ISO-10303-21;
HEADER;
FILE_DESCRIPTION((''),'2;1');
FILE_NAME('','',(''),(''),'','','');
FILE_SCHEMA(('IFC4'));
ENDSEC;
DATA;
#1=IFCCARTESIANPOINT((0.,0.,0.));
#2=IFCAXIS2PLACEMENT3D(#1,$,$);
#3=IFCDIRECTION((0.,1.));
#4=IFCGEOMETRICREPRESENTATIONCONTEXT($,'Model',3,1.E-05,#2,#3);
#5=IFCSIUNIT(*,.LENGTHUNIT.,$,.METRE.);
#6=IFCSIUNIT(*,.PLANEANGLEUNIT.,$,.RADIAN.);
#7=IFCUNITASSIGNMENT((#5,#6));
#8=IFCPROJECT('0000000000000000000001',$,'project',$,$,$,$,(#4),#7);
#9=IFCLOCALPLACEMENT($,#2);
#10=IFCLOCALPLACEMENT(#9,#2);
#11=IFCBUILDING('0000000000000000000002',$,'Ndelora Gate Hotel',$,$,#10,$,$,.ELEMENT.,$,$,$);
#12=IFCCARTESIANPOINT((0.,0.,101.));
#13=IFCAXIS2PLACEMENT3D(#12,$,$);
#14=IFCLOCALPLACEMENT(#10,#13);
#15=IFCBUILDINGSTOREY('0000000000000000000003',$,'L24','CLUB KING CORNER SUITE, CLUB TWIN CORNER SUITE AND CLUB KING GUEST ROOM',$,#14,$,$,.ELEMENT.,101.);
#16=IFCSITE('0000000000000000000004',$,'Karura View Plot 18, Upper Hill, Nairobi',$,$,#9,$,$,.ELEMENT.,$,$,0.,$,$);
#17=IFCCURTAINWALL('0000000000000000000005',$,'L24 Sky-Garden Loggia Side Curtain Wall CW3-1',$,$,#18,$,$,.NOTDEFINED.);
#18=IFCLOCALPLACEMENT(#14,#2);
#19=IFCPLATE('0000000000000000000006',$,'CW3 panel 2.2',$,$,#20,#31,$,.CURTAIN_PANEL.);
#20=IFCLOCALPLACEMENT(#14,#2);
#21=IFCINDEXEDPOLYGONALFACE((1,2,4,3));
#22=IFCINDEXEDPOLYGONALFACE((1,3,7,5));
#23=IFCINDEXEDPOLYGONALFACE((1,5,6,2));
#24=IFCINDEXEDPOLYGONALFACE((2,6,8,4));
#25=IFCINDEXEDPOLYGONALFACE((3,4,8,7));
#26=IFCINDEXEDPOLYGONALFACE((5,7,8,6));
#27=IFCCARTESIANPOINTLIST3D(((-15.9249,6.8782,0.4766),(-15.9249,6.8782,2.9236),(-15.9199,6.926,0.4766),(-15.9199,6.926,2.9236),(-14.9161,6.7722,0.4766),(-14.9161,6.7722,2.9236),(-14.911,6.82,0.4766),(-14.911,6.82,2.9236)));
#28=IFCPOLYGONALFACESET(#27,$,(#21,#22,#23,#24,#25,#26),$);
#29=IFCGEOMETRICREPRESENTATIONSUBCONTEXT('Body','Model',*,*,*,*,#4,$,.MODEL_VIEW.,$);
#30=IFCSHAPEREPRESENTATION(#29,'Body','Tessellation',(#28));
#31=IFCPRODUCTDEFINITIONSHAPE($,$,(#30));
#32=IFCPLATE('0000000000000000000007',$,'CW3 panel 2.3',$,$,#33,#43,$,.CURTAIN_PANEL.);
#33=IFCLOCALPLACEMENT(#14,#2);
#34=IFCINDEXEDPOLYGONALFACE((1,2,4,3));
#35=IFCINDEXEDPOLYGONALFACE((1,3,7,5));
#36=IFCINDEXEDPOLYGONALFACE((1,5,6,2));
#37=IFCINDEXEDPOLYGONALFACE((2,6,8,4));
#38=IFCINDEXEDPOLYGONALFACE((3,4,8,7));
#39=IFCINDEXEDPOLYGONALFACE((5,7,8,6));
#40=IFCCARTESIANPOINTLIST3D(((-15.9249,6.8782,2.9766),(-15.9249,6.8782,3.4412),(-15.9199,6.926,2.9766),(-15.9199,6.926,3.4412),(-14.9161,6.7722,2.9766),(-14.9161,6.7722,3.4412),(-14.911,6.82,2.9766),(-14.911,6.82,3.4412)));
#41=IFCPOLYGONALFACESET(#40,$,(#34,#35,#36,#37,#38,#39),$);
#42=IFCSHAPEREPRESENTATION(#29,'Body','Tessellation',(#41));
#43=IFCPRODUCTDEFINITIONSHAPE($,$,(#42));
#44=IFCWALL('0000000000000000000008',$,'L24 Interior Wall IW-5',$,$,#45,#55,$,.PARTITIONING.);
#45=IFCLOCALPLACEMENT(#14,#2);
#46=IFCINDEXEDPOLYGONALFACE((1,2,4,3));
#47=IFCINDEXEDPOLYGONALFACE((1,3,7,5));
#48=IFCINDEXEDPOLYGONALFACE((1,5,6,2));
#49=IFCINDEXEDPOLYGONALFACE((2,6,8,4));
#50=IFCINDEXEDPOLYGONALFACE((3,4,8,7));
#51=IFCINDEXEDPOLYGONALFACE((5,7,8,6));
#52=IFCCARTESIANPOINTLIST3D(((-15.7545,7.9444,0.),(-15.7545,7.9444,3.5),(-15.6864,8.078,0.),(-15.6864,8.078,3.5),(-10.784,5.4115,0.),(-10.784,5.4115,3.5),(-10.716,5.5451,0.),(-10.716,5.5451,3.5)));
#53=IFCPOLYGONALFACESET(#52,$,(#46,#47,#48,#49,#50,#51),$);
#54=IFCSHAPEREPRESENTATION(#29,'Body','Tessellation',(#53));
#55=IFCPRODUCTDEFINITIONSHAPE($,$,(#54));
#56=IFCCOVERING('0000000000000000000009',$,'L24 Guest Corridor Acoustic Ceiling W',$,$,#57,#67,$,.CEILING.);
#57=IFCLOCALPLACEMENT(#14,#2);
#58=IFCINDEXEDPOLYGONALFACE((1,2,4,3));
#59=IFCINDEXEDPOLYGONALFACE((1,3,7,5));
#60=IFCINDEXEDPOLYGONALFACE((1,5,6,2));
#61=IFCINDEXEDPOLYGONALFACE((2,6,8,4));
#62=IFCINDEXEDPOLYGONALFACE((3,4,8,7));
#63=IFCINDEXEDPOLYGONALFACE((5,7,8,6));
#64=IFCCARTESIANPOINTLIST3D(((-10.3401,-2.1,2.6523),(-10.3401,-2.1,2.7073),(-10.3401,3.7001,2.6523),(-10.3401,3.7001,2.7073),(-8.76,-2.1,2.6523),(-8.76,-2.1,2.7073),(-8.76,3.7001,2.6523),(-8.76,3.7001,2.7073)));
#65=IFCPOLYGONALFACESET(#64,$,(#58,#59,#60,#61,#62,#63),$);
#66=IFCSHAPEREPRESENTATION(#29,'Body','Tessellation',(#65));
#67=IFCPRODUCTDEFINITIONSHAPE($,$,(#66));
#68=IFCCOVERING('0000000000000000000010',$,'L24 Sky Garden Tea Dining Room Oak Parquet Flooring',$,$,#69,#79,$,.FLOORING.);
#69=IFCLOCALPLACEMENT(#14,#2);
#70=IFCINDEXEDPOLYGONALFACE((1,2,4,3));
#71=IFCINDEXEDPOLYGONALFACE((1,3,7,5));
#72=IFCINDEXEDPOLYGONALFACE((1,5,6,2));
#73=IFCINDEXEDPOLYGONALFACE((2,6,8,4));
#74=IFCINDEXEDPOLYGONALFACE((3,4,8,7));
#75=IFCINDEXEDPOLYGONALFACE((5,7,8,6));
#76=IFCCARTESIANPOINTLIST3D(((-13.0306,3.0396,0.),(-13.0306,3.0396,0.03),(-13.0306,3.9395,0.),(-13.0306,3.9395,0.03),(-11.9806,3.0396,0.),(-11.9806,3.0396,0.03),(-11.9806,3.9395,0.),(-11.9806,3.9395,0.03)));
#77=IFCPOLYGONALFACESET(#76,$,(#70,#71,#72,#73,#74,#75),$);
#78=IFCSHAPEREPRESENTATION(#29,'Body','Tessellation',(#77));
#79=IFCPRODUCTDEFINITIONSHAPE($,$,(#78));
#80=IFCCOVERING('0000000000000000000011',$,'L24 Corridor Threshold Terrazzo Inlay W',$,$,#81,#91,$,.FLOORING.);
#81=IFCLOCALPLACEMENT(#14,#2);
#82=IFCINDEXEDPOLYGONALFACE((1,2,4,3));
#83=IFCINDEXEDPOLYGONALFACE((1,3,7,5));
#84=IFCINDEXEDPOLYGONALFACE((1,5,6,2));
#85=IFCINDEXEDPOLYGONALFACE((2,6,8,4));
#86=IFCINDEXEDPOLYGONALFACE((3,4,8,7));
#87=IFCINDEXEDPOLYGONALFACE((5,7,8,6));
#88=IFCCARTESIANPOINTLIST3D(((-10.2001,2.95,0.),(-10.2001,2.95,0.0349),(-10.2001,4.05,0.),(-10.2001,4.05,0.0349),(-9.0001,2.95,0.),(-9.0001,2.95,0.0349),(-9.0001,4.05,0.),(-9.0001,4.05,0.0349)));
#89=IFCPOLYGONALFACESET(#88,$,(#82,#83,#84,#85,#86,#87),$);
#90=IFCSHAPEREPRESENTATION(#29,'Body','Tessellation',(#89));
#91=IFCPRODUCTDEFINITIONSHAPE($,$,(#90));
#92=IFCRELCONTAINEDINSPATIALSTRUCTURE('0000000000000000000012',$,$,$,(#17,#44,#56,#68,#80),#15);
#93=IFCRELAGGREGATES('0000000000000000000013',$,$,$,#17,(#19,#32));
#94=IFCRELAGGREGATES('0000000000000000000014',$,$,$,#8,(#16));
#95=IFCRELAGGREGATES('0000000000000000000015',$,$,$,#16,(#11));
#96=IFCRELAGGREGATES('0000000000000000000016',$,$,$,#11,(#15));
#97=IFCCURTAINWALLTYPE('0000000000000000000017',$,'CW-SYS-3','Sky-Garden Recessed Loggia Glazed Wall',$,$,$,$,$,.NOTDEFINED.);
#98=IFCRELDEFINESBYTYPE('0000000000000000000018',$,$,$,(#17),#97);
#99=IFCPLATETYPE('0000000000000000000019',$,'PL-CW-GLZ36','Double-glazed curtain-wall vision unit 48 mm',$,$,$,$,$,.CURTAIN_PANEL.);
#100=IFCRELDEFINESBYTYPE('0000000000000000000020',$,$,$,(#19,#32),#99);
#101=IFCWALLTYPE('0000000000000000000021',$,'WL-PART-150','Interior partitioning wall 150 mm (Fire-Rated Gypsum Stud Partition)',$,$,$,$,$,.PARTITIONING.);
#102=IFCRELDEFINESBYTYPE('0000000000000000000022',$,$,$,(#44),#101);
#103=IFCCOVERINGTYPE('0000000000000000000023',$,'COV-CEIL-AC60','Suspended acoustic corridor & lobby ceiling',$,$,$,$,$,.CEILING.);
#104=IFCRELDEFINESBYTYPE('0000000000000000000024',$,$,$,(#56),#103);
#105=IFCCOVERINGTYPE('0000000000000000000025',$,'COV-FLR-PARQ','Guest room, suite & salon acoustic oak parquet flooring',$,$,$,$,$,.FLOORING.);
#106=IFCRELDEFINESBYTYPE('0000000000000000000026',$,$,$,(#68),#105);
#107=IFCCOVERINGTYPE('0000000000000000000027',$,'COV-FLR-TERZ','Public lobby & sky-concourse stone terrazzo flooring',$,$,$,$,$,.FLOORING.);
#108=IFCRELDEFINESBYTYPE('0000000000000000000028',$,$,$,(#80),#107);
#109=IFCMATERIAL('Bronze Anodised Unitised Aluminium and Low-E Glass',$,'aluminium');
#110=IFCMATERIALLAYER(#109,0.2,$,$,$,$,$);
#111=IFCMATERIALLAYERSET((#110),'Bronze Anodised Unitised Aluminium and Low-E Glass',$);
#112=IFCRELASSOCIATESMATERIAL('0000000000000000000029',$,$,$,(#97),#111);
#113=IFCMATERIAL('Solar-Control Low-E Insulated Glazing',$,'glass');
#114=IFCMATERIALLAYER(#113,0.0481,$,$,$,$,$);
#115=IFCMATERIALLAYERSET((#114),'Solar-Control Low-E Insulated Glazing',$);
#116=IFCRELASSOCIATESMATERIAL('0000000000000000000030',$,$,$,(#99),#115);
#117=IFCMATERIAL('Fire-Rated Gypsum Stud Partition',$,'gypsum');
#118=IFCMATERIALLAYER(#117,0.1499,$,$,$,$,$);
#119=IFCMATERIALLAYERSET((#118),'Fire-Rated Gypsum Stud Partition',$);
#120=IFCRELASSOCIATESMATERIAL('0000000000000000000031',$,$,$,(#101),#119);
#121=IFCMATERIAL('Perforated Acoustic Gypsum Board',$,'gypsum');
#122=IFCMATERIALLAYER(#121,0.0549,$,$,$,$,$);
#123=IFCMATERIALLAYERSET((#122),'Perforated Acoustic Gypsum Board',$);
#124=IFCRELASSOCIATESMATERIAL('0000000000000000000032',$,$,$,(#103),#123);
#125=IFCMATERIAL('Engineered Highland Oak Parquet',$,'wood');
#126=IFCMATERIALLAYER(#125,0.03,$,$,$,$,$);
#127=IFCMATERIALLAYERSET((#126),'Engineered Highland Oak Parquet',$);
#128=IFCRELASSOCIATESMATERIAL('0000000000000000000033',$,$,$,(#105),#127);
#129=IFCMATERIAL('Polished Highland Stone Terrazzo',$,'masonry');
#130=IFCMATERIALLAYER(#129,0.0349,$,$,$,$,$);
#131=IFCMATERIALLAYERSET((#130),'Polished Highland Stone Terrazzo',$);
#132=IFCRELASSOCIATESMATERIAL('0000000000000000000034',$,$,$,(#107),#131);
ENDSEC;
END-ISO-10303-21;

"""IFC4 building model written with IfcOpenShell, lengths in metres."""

from ifc_helpers import new_model, si_unit, direction, frame, frame_2d, origin, origin_2d, place, context, subcontext, project, spatial, rectangle, extrude, material, layer, layer_set, type_object, element, aggregate, save


model = new_model("IFC4")

# Units and contexts
model_context = context("Model", 3, precision=1e-05, world=origin(), true_north=direction((0.0, 1.0)))
body_context = subcontext(model_context, "Body", "Model", "MODEL_VIEW")
ifc_project = project(units=[si_unit("LENGTHUNIT", "METRE"), si_unit("PLANEANGLEUNIT", "RADIAN")], contexts=[model_context])

# Site, building, storey
site_placement = place(None, origin())
site = spatial("IfcSite", under=ifc_project, at=site_placement, Name="Karura View Plot 18, Upper Hill, Nairobi", CompositionType="ELEMENT", RefElevation=0.0)
building_placement = place(site_placement, origin())
building = spatial("IfcBuilding", under=site, at=building_placement, Name="Ndelora Gate Hotel", CompositionType="ELEMENT")
storey_placement = place(building_placement, frame((0.0, 0.0, 101.0)))
storey = spatial("IfcBuildingStorey", under=building, at=storey_placement, Name="L24", Description="CLUB KING CORNER SUITE, CLUB TWIN CORNER SUITE AND CLUB KING GUEST ROOM", CompositionType="ELEMENT", Elevation=101.0)

# Curtain wall, plates
ifc_material_1 = material(Name="Bronze Anodised Unitised Aluminium and Low-E Glass", Category="aluminium")
ifc_layer_1 = layer(ifc_material_1, 0.2)
ifc_layer_set_1 = layer_set([ifc_layer_1], Name="Bronze Anodised Unitised Aluminium and Low-E Glass")
curtain_wall_type = type_object("IfcCurtainWallType", Name="CW-SYS-3", Description="Sky-Garden Recessed Loggia Glazed Wall", PredefinedType="NOTDEFINED", material=ifc_layer_set_1)
curtain_wall_placement = place(storey_placement, origin())
curtain_wall = element("IfcCurtainWall", 1, at=curtain_wall_placement, inside=storey, type_object=curtain_wall_type, Name="L24 Sky-Garden Loggia Side Curtain Wall CW3-1", PredefinedType="NOTDEFINED")
ifc_material_2 = material(Name="Solar-Control Low-E Insulated Glazing", Category="glass")
ifc_layer_2 = layer(ifc_material_2, 0.0481)
ifc_layer_set_2 = layer_set([ifc_layer_2], Name="Solar-Control Low-E Insulated Glazing")
plate_type = type_object("IfcPlateType", Name="PL-CW-GLZ36", Description="Double-glazed curtain-wall vision unit 48 mm", PredefinedType="CURTAIN_PANEL", material=ifc_layer_set_2)
plate_1_placement = place(storey_placement, frame((-15.418, 6.8491, 0.4766), z_axis=(0.0, 0.0, 1.0), x_axis=(-0.994525, 0.104503, 0.0)))
plate_1 = element("IfcPlate", 2, at=plate_1_placement, type_object=plate_type, Name="CW3 panel 2.2", PredefinedType="CURTAIN_PANEL", context=body_context, shape_type="SweptSolid", body=[
    extrude(rectangle(XDim=1.0144, YDim=0.0481, at=origin_2d()), origin(), (0.0, 0.0, 1.0), 2.447),
])
plate_2_placement = place(storey_placement, frame((-15.418, 6.8491, 2.9766), z_axis=(0.0, 0.0, 1.0), x_axis=(-0.994525, 0.104503, 0.0)))
plate_2 = element("IfcPlate", 3, at=plate_2_placement, type_object=plate_type, Name="CW3 panel 2.3", PredefinedType="CURTAIN_PANEL", context=body_context, shape_type="SweptSolid", body=[
    extrude(rectangle(XDim=1.0144, YDim=0.0481, at=origin_2d()), origin(), (0.0, 0.0, 1.0), 0.4646),
])
aggregate(curtain_wall, [plate_1, plate_2])

# Wall
ifc_material_3 = material(Name="Fire-Rated Gypsum Stud Partition", Category="gypsum")
ifc_layer_3 = layer(ifc_material_3, 0.1499)
ifc_layer_set_3 = layer_set([ifc_layer_3], Name="Fire-Rated Gypsum Stud Partition")
wall_type = type_object("IfcWallType", Name="WL-PART-150", Description="Interior partitioning wall 150 mm (Fire-Rated Gypsum Stud Partition)", PredefinedType="PARTITIONING", material=ifc_layer_set_3)
wall_placement = place(storey_placement, frame((-10.75, 5.4783, 0.0), z_axis=(0.0, 0.0, 1.0), x_axis=(-0.890979, 0.454045, 0.0)))
element("IfcWall", 4, at=wall_placement, inside=storey, type_object=wall_type, Name="L24 Interior Wall IW-5", PredefinedType="PARTITIONING", context=body_context, shape_type="SweptSolid", body=[
    extrude(rectangle(XDim=5.5786, YDim=0.1499, at=frame_2d((2.7893, 0.0))), origin(), (0.0, 0.0, 1.0), 3.5),
])

# Coverings
ifc_material_4 = material(Name="Perforated Acoustic Gypsum Board", Category="gypsum")
ifc_layer_4 = layer(ifc_material_4, 0.0549)
ifc_layer_set_4 = layer_set([ifc_layer_4], Name="Perforated Acoustic Gypsum Board")
covering_type_1 = type_object("IfcCoveringType", Name="COV-CEIL-AC60", Description="Suspended acoustic corridor & lobby ceiling", PredefinedType="CEILING", material=ifc_layer_set_4)
covering_1_placement = place(storey_placement, frame((-9.55, 0.8, 2.6523), z_axis=(0.0, 0.0, 1.0), x_axis=(1.0, 0.0, 0.0)))
element("IfcCovering", 5, at=covering_1_placement, inside=storey, type_object=covering_type_1, Name="L24 Guest Corridor Acoustic Ceiling W", PredefinedType="CEILING", context=body_context, shape_type="SweptSolid", body=[
    extrude(rectangle(XDim=1.5801, YDim=5.8, at=origin_2d()), origin(), (0.0, 0.0, 1.0), 0.0549),
])
ifc_material_5 = material(Name="Engineered Highland Oak Parquet", Category="wood")
ifc_layer_5 = layer(ifc_material_5, 0.03)
ifc_layer_set_5 = layer_set([ifc_layer_5], Name="Engineered Highland Oak Parquet")
covering_type_2 = type_object("IfcCoveringType", Name="COV-FLR-PARQ", Description="Guest room, suite & salon acoustic oak parquet flooring", PredefinedType="FLOORING", material=ifc_layer_set_5)
covering_2_placement = place(storey_placement, frame((-12.5056, 3.4895, 0.0), z_axis=(0.0, 0.0, 1.0), x_axis=(1.0, 0.0, 0.0)))
element("IfcCovering", 6, at=covering_2_placement, inside=storey, type_object=covering_type_2, Name="L24 Sky Garden Tea Dining Room Oak Parquet Flooring", PredefinedType="FLOORING", context=body_context, shape_type="SweptSolid", body=[
    extrude(rectangle(XDim=1.05, YDim=0.8999, at=origin_2d()), origin(), (0.0, 0.0, 1.0), 0.03),
])
ifc_material_6 = material(Name="Polished Highland Stone Terrazzo", Category="masonry")
ifc_layer_6 = layer(ifc_material_6, 0.0349)
ifc_layer_set_6 = layer_set([ifc_layer_6], Name="Polished Highland Stone Terrazzo")
covering_type_3 = type_object("IfcCoveringType", Name="COV-FLR-TERZ", Description="Public lobby & sky-concourse stone terrazzo flooring", PredefinedType="FLOORING", material=ifc_layer_set_6)
covering_3_placement = place(storey_placement, frame((-9.6001, 3.5, 0.0), z_axis=(0.0, 0.0, 1.0), x_axis=(1.0, 0.0, 0.0)))
element("IfcCovering", 7, at=covering_3_placement, inside=storey, type_object=covering_type_3, Name="L24 Corridor Threshold Terrazzo Inlay W", PredefinedType="FLOORING", context=body_context, shape_type="SweptSolid", body=[
    extrude(rectangle(XDim=1.2, YDim=1.1001, at=origin_2d()), origin(), (0.0, 0.0, 1.0), 0.0349),
])

save(model, "model.ifc")
